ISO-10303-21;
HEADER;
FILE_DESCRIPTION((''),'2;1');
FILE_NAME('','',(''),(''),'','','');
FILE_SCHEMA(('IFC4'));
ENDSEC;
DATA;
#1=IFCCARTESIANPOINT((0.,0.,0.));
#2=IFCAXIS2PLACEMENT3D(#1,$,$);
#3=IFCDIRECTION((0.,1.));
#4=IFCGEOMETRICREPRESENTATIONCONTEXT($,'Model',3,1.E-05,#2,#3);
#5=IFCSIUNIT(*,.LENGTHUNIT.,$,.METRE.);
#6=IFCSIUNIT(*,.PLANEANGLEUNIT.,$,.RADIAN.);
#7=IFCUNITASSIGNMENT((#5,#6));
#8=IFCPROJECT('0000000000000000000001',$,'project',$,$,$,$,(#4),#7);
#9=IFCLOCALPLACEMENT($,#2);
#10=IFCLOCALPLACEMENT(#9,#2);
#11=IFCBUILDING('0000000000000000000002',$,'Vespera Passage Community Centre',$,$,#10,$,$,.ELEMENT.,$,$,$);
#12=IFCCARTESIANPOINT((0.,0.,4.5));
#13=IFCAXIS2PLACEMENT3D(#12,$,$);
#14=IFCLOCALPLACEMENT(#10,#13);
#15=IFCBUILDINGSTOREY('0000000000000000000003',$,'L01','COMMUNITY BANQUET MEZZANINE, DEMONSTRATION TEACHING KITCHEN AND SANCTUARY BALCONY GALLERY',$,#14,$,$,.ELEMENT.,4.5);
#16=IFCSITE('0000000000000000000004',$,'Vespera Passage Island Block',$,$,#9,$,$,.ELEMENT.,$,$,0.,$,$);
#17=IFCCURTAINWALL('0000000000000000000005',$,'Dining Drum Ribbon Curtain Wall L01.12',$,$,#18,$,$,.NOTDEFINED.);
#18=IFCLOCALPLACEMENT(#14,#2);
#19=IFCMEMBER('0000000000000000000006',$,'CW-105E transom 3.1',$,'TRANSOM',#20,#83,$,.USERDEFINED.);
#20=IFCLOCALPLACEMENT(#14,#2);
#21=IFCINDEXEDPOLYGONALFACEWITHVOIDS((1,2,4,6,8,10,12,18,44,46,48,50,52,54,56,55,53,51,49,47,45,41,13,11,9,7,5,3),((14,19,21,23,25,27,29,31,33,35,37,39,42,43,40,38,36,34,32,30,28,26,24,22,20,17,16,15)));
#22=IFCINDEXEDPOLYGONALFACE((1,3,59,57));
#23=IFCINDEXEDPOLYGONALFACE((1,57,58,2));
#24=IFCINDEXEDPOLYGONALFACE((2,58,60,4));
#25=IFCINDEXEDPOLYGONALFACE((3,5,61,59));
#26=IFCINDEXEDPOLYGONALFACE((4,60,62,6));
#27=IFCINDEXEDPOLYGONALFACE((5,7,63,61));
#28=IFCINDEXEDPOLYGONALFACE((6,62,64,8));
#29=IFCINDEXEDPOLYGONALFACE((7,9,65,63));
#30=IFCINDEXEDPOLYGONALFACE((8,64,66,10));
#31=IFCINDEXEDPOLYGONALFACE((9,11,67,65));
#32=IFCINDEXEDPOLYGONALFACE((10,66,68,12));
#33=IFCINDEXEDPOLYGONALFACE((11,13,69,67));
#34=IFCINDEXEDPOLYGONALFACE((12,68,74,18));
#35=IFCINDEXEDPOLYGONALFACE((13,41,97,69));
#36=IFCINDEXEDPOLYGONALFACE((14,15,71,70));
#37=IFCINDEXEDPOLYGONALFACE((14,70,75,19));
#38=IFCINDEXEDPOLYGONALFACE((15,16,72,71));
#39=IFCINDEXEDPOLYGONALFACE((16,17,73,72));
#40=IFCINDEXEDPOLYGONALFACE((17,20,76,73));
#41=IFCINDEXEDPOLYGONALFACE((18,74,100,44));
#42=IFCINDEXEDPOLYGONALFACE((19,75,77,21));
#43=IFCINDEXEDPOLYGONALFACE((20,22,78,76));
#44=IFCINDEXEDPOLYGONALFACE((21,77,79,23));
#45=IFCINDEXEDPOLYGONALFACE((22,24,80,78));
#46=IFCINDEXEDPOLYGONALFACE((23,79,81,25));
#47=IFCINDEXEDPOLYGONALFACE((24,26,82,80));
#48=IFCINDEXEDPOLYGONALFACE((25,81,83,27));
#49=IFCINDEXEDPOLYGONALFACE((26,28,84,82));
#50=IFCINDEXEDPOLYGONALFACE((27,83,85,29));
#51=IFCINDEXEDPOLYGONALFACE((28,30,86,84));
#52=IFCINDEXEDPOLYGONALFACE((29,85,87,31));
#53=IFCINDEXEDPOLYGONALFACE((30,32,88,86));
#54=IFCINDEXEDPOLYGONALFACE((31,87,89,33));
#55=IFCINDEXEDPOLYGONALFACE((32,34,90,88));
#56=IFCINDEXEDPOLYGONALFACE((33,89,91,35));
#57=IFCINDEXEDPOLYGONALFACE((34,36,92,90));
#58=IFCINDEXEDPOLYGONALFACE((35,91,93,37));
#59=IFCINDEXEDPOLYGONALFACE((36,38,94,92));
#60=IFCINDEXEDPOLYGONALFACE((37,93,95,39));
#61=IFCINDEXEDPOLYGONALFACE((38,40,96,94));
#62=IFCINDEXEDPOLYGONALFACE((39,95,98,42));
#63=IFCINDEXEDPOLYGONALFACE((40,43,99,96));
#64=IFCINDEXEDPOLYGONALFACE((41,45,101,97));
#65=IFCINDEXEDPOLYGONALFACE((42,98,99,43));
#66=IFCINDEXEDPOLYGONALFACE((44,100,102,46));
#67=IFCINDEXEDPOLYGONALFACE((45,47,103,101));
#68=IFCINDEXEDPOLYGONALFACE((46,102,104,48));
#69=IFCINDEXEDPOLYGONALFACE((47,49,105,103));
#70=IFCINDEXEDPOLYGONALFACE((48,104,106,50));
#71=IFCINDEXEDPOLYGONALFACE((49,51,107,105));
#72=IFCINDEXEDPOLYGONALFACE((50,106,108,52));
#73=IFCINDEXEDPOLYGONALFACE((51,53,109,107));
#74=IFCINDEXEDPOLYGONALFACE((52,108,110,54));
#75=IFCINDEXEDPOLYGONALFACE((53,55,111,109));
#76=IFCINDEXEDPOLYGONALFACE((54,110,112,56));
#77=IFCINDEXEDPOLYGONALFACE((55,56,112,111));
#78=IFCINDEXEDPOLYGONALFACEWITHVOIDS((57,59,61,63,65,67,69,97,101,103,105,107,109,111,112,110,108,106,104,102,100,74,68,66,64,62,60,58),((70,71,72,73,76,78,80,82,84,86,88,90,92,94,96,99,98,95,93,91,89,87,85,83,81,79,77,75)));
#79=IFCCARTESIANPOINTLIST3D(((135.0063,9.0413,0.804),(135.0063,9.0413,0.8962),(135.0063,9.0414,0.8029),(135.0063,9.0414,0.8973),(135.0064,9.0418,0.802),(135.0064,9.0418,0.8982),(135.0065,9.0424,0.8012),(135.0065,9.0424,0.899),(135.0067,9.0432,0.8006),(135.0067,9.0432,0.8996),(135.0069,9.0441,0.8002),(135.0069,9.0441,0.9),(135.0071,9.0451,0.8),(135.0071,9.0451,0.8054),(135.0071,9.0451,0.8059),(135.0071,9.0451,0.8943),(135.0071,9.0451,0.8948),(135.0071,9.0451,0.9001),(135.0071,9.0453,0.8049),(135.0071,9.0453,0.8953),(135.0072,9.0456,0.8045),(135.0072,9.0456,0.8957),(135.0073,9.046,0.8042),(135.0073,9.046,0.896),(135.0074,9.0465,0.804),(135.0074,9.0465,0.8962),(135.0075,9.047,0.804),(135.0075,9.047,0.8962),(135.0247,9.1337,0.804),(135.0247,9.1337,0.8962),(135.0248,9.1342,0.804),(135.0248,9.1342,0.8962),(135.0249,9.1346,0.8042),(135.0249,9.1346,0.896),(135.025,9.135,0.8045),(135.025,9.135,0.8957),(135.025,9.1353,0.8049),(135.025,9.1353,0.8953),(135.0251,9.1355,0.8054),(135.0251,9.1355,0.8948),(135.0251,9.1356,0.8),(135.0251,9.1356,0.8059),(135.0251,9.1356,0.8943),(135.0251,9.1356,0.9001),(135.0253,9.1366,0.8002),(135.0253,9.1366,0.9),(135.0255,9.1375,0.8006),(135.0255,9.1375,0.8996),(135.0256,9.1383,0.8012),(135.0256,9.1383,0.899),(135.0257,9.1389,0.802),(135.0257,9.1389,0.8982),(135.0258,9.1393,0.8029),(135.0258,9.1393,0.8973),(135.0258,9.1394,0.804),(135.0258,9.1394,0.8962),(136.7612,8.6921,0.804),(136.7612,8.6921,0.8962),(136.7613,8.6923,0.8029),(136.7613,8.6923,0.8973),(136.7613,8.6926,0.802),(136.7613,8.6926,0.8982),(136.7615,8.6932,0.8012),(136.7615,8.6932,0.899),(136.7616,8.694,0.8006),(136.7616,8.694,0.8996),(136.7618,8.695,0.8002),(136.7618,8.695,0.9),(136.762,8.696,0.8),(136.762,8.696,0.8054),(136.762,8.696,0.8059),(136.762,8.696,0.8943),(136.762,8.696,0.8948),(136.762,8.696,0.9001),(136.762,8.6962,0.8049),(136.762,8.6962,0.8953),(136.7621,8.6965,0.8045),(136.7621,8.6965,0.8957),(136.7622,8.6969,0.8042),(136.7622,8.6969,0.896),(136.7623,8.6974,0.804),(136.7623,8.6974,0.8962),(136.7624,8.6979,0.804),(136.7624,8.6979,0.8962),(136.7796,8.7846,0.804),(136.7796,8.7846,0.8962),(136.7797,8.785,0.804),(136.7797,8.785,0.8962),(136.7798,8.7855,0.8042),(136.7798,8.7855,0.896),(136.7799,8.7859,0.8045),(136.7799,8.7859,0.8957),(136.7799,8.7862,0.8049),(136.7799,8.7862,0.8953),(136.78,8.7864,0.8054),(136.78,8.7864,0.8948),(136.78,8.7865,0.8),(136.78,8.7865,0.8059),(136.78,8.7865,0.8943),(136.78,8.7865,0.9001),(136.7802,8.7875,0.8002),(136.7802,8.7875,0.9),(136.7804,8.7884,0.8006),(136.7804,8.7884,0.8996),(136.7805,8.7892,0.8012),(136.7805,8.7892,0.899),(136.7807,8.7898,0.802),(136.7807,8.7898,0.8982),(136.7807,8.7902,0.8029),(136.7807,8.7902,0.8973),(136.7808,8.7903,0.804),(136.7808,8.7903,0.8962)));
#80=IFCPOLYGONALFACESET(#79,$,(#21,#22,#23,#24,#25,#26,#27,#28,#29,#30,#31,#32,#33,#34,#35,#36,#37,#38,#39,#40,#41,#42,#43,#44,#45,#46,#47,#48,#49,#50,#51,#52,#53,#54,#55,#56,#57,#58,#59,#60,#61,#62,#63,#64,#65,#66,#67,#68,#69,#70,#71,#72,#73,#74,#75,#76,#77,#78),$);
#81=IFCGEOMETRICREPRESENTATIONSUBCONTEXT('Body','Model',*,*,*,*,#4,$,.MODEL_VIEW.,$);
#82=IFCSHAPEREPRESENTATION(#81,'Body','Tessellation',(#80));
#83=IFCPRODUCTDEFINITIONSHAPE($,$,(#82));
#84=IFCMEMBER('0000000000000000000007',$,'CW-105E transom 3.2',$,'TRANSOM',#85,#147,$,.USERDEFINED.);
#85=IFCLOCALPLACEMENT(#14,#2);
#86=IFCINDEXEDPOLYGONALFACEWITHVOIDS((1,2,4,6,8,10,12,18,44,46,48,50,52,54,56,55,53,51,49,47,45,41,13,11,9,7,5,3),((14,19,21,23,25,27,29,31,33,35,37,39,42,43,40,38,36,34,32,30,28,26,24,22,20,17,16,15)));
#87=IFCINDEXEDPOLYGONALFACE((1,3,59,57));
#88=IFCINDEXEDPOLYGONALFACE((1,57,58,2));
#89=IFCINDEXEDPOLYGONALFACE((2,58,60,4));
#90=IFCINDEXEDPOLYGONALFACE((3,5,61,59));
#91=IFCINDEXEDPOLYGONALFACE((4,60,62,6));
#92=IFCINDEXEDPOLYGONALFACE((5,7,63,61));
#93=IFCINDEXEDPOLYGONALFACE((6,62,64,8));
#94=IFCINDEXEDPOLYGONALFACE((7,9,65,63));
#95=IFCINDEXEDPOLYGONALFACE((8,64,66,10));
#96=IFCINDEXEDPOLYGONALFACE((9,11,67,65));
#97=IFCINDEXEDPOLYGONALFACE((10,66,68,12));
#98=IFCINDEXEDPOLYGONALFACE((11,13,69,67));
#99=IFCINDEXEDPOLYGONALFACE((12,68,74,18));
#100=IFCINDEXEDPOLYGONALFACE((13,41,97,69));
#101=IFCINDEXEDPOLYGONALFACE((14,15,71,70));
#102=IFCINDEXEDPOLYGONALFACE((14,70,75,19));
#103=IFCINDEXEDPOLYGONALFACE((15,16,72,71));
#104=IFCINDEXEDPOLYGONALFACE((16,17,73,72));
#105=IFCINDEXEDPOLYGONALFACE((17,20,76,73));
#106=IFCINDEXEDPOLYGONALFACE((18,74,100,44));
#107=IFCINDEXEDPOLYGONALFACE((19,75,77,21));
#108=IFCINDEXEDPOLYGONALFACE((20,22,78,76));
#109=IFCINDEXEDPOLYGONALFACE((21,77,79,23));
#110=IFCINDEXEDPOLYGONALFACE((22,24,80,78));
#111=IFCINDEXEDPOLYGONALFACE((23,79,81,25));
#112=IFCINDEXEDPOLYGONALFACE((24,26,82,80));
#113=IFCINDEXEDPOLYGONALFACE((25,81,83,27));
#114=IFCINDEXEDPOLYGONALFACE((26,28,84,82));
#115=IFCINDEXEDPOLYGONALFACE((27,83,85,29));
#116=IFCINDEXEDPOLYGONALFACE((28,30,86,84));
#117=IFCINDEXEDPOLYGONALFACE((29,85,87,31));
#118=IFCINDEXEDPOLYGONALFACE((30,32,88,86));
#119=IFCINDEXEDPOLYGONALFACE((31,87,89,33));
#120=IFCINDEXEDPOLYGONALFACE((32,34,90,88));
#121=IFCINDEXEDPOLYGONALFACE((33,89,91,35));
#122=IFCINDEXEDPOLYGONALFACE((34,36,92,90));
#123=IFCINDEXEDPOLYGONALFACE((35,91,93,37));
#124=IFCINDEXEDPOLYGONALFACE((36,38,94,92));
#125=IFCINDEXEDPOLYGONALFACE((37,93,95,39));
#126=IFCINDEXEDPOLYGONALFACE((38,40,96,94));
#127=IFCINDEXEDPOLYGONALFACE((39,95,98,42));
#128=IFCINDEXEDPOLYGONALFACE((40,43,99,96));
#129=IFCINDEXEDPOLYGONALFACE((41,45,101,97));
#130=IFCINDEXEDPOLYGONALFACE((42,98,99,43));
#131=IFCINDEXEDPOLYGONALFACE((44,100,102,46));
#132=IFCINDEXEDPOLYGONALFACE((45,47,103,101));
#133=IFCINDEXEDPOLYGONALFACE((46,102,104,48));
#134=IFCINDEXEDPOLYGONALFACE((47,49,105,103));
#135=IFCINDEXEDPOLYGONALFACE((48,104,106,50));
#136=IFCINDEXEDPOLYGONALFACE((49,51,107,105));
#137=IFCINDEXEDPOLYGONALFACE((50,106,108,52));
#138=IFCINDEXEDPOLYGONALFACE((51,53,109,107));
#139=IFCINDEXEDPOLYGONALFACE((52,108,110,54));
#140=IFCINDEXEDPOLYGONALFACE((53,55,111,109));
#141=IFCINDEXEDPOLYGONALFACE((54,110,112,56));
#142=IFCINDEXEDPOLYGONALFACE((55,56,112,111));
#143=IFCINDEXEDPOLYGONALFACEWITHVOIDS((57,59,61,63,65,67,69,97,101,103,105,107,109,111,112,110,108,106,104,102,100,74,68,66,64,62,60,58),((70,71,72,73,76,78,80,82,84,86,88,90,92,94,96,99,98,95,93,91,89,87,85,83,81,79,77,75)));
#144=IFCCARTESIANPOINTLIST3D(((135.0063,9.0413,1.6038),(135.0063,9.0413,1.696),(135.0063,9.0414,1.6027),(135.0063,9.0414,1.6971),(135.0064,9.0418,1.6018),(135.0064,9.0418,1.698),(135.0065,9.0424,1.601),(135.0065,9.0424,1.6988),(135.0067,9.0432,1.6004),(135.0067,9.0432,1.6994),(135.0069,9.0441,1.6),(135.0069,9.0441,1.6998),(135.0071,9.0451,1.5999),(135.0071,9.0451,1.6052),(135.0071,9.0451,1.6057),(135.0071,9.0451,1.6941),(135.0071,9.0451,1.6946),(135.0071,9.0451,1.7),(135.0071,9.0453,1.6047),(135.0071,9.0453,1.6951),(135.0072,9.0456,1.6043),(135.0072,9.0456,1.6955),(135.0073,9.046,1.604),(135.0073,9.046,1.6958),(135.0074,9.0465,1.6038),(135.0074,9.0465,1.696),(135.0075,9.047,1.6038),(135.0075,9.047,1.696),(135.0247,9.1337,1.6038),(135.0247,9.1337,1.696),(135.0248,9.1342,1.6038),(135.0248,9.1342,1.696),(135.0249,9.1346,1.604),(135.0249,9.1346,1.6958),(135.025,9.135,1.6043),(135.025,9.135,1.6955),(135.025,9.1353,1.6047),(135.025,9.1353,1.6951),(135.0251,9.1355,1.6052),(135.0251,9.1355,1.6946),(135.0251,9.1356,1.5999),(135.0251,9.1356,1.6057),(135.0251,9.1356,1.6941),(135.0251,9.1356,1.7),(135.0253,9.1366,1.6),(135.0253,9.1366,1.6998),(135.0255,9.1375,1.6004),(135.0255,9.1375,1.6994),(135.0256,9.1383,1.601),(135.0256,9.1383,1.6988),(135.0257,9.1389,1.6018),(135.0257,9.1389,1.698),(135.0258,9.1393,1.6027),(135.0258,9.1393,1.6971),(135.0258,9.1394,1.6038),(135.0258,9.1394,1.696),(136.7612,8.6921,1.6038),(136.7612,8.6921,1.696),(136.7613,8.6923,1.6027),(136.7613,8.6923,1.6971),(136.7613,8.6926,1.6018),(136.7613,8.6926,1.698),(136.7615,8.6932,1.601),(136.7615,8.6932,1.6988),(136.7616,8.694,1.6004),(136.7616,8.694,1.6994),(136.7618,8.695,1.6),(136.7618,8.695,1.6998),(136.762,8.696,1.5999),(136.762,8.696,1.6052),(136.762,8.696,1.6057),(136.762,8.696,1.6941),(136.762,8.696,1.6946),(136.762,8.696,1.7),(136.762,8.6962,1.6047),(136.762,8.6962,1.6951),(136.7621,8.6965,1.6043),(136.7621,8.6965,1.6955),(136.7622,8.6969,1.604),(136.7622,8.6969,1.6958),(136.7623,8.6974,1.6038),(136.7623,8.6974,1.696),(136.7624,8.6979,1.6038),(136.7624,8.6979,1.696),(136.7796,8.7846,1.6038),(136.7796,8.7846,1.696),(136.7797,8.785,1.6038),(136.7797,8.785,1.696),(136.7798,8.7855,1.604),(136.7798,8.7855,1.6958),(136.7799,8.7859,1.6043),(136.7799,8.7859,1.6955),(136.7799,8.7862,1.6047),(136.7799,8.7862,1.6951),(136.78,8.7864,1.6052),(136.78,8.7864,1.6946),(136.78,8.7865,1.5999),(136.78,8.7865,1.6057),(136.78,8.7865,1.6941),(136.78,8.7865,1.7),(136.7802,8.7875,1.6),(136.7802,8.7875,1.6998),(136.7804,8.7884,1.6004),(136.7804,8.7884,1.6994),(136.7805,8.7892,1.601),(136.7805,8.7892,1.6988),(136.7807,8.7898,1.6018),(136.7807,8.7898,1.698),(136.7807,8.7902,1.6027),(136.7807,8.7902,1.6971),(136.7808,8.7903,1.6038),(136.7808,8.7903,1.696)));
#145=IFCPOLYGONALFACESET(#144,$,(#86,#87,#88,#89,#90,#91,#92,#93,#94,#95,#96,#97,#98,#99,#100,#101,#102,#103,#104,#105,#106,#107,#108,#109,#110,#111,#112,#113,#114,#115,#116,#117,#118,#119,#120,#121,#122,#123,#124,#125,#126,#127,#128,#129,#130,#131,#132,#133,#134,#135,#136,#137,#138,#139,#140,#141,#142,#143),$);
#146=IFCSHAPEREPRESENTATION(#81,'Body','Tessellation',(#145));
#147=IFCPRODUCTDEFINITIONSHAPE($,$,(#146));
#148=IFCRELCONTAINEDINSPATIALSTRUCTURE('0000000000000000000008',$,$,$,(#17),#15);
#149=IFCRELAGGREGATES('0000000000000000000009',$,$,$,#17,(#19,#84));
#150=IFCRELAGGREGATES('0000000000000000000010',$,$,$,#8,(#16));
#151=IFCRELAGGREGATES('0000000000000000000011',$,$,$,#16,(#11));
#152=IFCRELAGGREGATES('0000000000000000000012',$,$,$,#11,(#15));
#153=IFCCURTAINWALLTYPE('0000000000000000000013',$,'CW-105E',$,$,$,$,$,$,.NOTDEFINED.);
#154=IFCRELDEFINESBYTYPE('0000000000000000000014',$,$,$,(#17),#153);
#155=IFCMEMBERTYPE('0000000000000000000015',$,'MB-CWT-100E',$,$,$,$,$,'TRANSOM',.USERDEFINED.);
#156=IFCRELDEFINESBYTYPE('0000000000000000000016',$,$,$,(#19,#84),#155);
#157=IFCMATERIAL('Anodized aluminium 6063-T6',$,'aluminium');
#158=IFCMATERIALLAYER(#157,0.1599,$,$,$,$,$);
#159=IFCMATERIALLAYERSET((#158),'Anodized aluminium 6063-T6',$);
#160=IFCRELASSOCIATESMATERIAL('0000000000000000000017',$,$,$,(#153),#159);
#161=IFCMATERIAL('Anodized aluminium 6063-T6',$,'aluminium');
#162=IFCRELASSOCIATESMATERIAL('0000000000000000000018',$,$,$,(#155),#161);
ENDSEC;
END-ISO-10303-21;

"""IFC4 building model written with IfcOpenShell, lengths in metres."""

from ifc_helpers import new_model, si_unit, direction, frame, origin, origin_2d, place, context, subcontext, project, spatial, hollow_rectangle, extrude, material, layer, layer_set, material_profile, profile_set, type_object, element, aggregate, save


model = new_model("IFC4")

# Units and contexts
model_context = context("Model", 3, precision=1e-05, world=origin(), true_north=direction((0.0, 1.0)))
body_context = subcontext(model_context, "Body", "Model", "MODEL_VIEW")
ifc_project = project(units=[si_unit("LENGTHUNIT", "METRE"), si_unit("PLANEANGLEUNIT", "RADIAN")], contexts=[model_context])

# Site, building, storey
site_placement = place(None, origin())
site = spatial("IfcSite", under=ifc_project, at=site_placement, Name="Vespera Passage Island Block", CompositionType="ELEMENT", RefElevation=0.0)
building_placement = place(site_placement, origin())
building = spatial("IfcBuilding", under=site, at=building_placement, Name="Vespera Passage Community Centre", CompositionType="ELEMENT")
storey_placement = place(building_placement, frame((0.0, 0.0, 4.5)))
storey = spatial("IfcBuildingStorey", under=building, at=storey_placement, Name="L01", Description="COMMUNITY BANQUET MEZZANINE, DEMONSTRATION TEACHING KITCHEN AND SANCTUARY BALCONY GALLERY", CompositionType="ELEMENT", Elevation=4.5)

# Curtain wall, members
ifc_material_1 = material(Name="Anodized aluminium 6063-T6", Category="aluminium")
ifc_layer_1 = layer(ifc_material_1, 0.1599)
ifc_layer_set_1 = layer_set([ifc_layer_1], Name="Anodized aluminium 6063-T6")
curtain_wall_type = type_object("IfcCurtainWallType", Name="CW-105E", PredefinedType="NOTDEFINED", material=ifc_layer_set_1)
curtain_wall_placement = place(storey_placement, origin())
curtain_wall = element("IfcCurtainWall", 1, at=curtain_wall_placement, inside=storey, type_object=curtain_wall_type, Name="Dining Drum Ribbon Curtain Wall L01.12", PredefinedType="NOTDEFINED")
ifc_material_2 = material(Name="Anodized aluminium 6063-T6", Category="aluminium")
ifc_material_profile_1 = material_profile(ifc_material_2, hollow_rectangle(XDim=0.1001, YDim=0.1001, WallThickness=0.0039, InnerFilletRadius=0.002, OuterFilletRadius=0.0039, at=origin_2d()), Name="ALU100X100X4")
ifc_profile_set_1 = profile_set([ifc_material_profile_1], Name="Anodized aluminium 6063-T6")
member_type_1 = type_object("IfcMemberType", Name="MB-CWT-100E", ElementType="TRANSOM", PredefinedType="USERDEFINED", material=ifc_profile_set_1)
member_1_placement = place(storey_placement, frame((136.771, 8.7412, 0.8501), z_axis=(-0.98078, 0.195119, 0.0), x_axis=(-0.195119, -0.98078, 0.0)))
member_1 = element("IfcMember", 2, at=member_1_placement, type_object=member_type_1, Name="CW-105E transom 3.1", ObjectType="TRANSOM", PredefinedType="USERDEFINED", context=body_context, shape_type="SweptSolid", body=[
    extrude(hollow_rectangle(XDim=0.1001, YDim=0.1001, WallThickness=0.0039, InnerFilletRadius=0.002, OuterFilletRadius=0.0039, at=origin_2d()), origin(), (0.0, 0.0, 1.0), 1.7893),
])
member_2_placement = place(storey_placement, frame((136.771, 8.7412, 1.6499), z_axis=(-0.98078, 0.195119, 0.0), x_axis=(-0.195119, -0.98078, 0.0)))
member_2 = element("IfcMember", 3, at=member_2_placement, type_object=member_type_1, Name="CW-105E transom 3.2", ObjectType="TRANSOM", PredefinedType="USERDEFINED", context=body_context, shape_type="SweptSolid", body=[
    extrude(hollow_rectangle(XDim=0.1001, YDim=0.1001, WallThickness=0.0039, InnerFilletRadius=0.002, OuterFilletRadius=0.0039, at=origin_2d()), origin(), (0.0, 0.0, 1.0), 1.7893),
])
aggregate(curtain_wall, [member_1, member_2])

save(model, "model.ifc")
